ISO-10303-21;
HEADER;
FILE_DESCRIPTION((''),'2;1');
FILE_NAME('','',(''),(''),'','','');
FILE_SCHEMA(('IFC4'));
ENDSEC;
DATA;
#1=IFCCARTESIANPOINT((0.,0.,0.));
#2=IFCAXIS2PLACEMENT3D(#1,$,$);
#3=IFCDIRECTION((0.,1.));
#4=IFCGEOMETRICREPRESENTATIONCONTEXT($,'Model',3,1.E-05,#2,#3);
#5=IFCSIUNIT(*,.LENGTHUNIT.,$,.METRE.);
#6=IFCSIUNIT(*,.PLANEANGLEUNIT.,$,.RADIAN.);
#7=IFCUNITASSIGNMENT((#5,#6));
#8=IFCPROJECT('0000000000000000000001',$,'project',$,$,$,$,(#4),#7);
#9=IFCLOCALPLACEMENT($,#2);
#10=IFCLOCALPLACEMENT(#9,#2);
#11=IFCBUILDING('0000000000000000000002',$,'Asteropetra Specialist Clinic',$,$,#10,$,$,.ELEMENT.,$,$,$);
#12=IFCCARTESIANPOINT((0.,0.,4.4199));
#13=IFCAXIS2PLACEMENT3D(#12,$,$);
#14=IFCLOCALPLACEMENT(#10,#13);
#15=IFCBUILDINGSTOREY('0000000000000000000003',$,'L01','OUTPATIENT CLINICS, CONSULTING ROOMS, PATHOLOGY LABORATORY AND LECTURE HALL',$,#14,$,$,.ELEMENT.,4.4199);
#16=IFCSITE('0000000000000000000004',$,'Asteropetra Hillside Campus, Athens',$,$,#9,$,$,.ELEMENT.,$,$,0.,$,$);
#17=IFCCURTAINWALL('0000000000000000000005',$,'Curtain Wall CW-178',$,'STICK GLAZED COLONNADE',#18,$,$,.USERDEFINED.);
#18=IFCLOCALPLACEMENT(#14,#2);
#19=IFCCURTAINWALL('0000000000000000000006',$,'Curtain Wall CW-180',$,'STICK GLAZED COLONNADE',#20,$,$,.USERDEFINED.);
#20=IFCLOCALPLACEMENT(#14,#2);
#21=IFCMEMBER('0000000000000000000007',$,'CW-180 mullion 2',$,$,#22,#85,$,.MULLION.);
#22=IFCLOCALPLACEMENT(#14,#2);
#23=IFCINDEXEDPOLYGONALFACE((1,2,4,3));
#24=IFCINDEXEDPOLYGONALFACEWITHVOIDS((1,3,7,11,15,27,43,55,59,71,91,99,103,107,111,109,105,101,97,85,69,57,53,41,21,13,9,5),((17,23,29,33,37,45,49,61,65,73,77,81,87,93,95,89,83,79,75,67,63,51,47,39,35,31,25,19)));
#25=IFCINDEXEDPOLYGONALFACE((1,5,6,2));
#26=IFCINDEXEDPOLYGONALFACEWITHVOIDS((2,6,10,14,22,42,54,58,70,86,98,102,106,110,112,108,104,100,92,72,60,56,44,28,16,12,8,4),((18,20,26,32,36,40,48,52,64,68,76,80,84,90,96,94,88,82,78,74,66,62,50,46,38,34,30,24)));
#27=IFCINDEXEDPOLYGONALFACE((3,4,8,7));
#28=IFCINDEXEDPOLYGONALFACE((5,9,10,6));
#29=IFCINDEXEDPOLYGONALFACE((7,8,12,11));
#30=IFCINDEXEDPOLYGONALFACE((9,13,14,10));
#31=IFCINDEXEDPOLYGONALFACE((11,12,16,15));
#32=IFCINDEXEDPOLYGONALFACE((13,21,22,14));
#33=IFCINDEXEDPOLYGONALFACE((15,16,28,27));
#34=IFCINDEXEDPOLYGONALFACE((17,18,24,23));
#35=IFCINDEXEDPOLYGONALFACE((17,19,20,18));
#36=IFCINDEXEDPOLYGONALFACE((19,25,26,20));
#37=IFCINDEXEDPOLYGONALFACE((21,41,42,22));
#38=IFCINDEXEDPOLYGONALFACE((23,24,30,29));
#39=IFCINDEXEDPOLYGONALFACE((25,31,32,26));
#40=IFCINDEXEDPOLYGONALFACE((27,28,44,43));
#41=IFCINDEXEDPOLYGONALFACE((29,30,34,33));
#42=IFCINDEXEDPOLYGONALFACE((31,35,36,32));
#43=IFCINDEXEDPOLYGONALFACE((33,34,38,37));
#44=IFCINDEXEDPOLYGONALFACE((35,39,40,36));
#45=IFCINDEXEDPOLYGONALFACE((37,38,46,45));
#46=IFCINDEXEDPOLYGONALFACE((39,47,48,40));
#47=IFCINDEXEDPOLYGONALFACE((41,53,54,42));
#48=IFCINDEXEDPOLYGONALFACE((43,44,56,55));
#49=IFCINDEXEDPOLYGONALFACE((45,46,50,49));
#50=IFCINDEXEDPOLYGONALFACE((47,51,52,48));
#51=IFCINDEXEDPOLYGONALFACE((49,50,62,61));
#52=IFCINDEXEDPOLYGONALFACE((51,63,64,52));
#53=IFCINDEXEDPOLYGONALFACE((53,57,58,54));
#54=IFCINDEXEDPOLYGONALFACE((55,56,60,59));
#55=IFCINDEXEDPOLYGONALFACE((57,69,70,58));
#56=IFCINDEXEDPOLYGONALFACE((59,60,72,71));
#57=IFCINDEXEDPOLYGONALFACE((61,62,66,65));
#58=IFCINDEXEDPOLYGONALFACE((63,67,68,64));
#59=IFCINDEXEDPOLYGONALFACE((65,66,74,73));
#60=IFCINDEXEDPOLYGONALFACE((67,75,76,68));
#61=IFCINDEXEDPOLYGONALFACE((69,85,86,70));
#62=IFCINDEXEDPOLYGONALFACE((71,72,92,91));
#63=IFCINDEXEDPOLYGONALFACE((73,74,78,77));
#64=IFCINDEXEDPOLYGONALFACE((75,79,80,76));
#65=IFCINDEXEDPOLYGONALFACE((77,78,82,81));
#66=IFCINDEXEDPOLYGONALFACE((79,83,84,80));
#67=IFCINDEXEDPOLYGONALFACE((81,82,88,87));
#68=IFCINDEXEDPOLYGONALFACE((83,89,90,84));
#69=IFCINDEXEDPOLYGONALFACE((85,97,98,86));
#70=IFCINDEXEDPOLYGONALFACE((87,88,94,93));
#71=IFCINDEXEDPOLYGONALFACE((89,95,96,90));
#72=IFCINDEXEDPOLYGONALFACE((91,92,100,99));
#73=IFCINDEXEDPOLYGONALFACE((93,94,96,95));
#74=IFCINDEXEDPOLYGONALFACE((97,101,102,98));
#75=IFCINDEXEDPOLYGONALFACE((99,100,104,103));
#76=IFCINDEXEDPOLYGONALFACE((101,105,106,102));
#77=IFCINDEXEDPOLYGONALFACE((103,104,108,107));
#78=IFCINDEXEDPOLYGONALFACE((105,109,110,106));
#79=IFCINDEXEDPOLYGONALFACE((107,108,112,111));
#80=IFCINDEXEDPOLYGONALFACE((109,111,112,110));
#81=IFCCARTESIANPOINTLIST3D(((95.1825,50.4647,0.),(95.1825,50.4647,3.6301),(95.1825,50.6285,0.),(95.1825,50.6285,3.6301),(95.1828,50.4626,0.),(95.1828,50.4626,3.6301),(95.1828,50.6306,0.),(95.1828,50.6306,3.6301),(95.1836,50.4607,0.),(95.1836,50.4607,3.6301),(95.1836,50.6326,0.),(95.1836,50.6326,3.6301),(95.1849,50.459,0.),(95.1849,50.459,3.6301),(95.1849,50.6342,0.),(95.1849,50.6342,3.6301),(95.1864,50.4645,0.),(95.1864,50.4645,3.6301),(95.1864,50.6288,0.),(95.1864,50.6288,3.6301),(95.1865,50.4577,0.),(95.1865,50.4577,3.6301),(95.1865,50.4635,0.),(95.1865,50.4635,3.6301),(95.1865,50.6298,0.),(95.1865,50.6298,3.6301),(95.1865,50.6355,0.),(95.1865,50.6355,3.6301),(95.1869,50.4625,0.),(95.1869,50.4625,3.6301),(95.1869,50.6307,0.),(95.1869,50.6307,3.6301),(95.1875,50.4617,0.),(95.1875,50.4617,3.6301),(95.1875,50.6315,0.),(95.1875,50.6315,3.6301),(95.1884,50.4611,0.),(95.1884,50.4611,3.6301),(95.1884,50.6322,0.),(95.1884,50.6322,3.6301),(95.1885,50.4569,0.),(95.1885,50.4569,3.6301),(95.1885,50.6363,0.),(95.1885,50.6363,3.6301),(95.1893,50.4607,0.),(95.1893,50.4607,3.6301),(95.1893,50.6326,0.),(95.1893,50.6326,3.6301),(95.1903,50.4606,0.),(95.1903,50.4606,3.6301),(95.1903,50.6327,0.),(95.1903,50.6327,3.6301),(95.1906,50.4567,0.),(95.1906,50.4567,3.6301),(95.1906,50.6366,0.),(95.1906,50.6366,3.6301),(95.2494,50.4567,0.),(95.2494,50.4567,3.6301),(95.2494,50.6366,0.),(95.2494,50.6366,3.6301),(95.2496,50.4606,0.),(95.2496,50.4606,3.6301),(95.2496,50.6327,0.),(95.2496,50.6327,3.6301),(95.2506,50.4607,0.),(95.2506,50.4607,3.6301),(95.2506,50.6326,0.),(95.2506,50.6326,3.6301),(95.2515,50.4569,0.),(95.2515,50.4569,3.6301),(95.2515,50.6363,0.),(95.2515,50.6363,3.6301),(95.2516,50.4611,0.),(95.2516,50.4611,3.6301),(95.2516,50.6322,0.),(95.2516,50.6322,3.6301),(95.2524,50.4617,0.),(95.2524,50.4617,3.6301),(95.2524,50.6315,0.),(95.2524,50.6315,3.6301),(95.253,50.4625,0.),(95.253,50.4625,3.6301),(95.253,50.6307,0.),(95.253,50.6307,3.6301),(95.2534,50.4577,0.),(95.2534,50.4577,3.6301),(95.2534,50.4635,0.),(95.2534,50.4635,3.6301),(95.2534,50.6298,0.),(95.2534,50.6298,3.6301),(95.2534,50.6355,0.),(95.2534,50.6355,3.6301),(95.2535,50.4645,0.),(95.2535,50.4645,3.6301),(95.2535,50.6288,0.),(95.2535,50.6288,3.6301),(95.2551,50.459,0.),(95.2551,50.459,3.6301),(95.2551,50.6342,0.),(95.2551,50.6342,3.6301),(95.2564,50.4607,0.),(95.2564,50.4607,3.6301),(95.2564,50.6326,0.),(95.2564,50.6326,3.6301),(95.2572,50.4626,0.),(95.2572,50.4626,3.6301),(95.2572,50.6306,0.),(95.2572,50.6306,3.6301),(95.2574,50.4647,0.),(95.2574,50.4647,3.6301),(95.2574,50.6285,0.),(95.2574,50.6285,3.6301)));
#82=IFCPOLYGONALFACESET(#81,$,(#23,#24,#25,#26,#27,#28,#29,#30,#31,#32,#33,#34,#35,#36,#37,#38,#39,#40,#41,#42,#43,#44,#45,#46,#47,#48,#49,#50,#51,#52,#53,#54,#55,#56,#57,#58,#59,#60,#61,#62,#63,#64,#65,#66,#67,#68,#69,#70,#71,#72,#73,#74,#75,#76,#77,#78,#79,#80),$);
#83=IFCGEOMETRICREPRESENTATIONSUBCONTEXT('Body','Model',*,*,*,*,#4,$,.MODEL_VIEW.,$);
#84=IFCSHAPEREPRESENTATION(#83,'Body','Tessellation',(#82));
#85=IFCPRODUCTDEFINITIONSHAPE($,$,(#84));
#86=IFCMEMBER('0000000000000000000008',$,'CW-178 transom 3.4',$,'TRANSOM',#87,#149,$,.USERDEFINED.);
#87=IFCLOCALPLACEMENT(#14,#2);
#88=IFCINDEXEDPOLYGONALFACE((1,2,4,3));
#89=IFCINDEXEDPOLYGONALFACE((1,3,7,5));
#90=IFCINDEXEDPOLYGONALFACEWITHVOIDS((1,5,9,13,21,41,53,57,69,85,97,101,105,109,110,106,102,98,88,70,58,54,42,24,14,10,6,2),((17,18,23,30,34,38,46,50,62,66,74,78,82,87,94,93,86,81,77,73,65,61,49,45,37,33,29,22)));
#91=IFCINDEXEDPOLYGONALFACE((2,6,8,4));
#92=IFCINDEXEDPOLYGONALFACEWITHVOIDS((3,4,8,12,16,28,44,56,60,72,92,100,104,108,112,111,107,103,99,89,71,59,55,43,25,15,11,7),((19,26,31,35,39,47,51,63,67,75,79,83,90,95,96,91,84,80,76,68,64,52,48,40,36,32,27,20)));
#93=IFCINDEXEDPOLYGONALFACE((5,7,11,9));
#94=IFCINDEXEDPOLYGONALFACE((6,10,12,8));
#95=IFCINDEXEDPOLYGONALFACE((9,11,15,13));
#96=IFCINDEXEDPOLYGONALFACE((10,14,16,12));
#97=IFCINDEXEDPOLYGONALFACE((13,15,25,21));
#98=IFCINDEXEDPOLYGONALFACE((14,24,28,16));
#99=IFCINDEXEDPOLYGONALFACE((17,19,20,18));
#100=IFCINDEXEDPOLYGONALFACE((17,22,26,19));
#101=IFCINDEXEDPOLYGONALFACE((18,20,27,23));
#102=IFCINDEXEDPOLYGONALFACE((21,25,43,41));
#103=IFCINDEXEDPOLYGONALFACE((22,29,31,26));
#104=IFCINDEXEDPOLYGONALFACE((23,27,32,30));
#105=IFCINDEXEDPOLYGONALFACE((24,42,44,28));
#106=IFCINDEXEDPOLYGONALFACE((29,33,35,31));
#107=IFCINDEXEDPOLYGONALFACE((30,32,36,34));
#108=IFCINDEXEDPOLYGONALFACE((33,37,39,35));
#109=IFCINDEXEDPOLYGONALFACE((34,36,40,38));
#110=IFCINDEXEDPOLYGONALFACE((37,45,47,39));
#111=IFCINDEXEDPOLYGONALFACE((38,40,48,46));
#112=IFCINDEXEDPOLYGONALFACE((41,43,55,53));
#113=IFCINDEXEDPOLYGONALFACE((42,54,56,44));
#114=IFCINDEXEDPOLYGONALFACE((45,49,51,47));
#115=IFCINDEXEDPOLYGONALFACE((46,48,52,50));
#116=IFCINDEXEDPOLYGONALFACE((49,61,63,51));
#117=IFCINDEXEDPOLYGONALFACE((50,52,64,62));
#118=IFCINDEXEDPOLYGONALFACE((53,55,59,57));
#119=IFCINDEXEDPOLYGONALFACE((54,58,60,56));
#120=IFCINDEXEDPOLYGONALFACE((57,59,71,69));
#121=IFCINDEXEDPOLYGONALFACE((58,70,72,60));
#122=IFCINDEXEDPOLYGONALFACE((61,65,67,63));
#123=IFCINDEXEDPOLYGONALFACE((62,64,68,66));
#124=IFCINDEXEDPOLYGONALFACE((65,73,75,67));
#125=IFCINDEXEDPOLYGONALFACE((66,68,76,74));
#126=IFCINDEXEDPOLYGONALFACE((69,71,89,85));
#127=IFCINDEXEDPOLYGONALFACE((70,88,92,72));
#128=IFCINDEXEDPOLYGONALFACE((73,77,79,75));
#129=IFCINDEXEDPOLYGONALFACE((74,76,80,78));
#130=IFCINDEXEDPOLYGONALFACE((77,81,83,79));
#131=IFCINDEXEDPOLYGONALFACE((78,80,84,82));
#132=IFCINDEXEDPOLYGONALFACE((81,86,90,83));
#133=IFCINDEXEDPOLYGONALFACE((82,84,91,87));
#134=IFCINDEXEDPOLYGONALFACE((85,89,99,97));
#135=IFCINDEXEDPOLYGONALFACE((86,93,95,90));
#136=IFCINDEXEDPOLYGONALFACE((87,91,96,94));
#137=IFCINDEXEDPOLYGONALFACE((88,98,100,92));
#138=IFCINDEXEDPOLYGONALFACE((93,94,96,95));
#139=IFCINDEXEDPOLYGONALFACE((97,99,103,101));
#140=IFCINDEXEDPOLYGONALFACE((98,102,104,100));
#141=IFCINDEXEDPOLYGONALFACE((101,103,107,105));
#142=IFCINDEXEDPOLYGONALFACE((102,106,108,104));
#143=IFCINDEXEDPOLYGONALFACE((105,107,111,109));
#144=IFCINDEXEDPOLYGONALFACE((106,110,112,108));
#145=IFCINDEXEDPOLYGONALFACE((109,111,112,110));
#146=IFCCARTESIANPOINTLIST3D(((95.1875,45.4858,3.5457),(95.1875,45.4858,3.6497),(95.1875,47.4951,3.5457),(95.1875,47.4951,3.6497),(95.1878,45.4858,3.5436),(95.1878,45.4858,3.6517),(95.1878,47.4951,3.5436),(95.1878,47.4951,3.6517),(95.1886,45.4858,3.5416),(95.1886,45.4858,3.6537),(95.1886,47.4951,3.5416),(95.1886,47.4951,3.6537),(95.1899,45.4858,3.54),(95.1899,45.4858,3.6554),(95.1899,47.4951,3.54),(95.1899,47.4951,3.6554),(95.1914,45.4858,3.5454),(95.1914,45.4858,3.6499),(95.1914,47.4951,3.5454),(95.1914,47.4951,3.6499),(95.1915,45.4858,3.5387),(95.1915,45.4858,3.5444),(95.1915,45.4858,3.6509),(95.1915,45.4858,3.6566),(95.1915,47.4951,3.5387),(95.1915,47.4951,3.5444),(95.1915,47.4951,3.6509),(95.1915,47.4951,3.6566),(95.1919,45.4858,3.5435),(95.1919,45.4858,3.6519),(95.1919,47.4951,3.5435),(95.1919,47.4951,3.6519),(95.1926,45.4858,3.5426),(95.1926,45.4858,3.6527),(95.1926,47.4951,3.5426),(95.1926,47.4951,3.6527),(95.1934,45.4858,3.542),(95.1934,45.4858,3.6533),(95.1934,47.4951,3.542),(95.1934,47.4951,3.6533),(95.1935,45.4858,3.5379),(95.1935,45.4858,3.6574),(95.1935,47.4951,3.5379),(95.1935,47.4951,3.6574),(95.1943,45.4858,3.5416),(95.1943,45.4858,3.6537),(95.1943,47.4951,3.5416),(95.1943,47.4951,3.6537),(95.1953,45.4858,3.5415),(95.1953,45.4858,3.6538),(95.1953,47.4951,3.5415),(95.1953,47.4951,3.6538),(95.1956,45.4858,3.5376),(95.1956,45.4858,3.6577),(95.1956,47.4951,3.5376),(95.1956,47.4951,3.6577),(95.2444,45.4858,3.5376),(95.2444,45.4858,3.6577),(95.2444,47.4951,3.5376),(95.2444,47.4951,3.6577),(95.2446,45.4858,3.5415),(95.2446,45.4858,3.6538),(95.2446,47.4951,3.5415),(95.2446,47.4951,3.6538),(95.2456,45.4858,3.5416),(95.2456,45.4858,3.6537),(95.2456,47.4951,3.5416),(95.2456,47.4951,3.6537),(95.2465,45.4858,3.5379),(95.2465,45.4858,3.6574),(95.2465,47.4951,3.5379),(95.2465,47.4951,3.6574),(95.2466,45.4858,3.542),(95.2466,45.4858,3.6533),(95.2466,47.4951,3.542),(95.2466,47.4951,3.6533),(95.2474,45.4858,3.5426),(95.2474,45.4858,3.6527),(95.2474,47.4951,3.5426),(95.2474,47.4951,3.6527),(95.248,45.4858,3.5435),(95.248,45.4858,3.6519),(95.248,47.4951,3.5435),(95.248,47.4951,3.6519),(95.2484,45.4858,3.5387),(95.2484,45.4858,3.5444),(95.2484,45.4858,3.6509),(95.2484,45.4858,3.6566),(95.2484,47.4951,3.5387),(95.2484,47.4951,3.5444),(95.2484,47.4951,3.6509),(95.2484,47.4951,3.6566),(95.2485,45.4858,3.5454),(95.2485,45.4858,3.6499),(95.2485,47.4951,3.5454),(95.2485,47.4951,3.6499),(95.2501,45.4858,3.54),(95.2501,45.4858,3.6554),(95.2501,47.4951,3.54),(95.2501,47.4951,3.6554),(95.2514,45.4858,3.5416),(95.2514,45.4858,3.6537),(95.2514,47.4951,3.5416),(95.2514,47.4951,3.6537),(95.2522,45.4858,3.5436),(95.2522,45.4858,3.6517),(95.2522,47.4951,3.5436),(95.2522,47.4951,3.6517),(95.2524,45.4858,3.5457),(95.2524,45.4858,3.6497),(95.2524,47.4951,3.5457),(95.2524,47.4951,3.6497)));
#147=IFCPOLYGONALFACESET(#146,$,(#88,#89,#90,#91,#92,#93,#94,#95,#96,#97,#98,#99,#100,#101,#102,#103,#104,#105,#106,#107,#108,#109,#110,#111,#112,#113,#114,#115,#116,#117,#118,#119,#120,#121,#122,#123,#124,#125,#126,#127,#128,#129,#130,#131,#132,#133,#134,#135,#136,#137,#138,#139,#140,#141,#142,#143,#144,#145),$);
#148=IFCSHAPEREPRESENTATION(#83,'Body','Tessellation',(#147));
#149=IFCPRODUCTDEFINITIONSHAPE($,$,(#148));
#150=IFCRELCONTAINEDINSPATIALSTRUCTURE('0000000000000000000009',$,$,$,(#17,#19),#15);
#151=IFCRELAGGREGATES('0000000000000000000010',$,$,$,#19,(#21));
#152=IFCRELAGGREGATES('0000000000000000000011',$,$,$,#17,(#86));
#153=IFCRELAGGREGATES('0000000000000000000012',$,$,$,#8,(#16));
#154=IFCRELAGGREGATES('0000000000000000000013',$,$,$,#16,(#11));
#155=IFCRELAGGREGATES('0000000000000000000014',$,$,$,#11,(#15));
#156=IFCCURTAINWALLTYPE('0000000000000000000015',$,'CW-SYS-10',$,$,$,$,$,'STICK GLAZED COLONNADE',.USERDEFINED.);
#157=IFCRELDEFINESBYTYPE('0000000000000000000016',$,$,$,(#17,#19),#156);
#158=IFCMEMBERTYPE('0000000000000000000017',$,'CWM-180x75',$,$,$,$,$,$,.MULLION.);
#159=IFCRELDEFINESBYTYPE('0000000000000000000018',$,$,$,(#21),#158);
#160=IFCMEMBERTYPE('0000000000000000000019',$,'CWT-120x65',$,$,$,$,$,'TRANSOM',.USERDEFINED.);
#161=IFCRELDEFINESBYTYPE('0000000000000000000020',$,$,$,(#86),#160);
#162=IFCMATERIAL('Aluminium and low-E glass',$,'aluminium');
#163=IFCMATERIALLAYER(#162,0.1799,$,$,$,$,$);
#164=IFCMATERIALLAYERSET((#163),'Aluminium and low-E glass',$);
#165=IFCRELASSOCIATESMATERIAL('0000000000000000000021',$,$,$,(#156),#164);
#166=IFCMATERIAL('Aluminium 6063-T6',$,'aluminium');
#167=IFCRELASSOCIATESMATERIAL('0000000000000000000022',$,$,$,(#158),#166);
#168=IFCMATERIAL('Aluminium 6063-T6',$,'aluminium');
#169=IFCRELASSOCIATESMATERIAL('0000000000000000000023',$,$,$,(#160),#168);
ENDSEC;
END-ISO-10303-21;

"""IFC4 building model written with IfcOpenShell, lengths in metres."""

from ifc_helpers import new_model, si_unit, direction, frame, origin, origin_2d, place, context, subcontext, project, spatial, hollow_rectangle, extrude, material, layer, layer_set, material_profile, profile_set, type_object, element, aggregate, save


model = new_model("IFC4")

# Units and contexts
model_context = context("Model", 3, precision=1e-05, world=origin(), true_north=direction((0.0, 1.0)))
body_context = subcontext(model_context, "Body", "Model", "MODEL_VIEW")
ifc_project = project(units=[si_unit("LENGTHUNIT", "METRE"), si_unit("PLANEANGLEUNIT", "RADIAN")], contexts=[model_context])

# Site, building, storey
site_placement = place(None, origin())
site = spatial("IfcSite", under=ifc_project, at=site_placement, Name="Asteropetra Hillside Campus, Athens", CompositionType="ELEMENT", RefElevation=0.0)
building_placement = place(site_placement, origin())
building = spatial("IfcBuilding", under=site, at=building_placement, Name="Asteropetra Specialist Clinic", CompositionType="ELEMENT")
storey_placement = place(building_placement, frame((0.0, 0.0, 4.4199)))
storey = spatial("IfcBuildingStorey", under=building, at=storey_placement, Name="L01", Description="OUTPATIENT CLINICS, CONSULTING ROOMS, PATHOLOGY LABORATORY AND LECTURE HALL", CompositionType="ELEMENT", Elevation=4.4199)

# Curtain wall
ifc_material_1 = material(Name="Aluminium and low-E glass", Category="aluminium")
ifc_layer_1 = layer(ifc_material_1, 0.1799)
ifc_layer_set_1 = layer_set([ifc_layer_1], Name="Aluminium and low-E glass")
curtain_wall_type = type_object("IfcCurtainWallType", Name="CW-SYS-10", ElementType="STICK GLAZED COLONNADE", PredefinedType="USERDEFINED", material=ifc_layer_set_1)
curtain_wall_1_placement = place(storey_placement, origin())
curtain_wall_1 = element("IfcCurtainWall", 1, at=curtain_wall_1_placement, inside=storey, type_object=curtain_wall_type, Name="Curtain Wall CW-178", ObjectType="STICK GLAZED COLONNADE", PredefinedType="USERDEFINED")

# Curtain wall, member
curtain_wall_2_placement = place(storey_placement, origin())
curtain_wall_2 = element("IfcCurtainWall", 2, at=curtain_wall_2_placement, inside=storey, type_object=curtain_wall_type, Name="Curtain Wall CW-180", ObjectType="STICK GLAZED COLONNADE", PredefinedType="USERDEFINED")
ifc_material_2 = material(Name="Aluminium 6063-T6", Category="aluminium")
ifc_material_profile_1 = material_profile(ifc_material_2, hollow_rectangle(XDim=0.075, YDim=0.1799, WallThickness=0.0039, InnerFilletRadius=0.0039, OuterFilletRadius=0.0081, at=origin_2d()), Name="MUL 180x75x4.0")
ifc_profile_set_1 = profile_set([ifc_material_profile_1], Name="Aluminium 6063-T6")
member_type_1 = type_object("IfcMemberType", Name="CWM-180x75", PredefinedType="MULLION", material=ifc_profile_set_1)
member_1_placement = place(storey_placement, frame((95.22, 50.5466, 0.0), z_axis=(0.0, 0.0, 1.0), x_axis=(-1.0, 0.0, 0.0)))
member_1 = element("IfcMember", 3, at=member_1_placement, type_object=member_type_1, Name="CW-180 mullion 2", PredefinedType="MULLION", context=body_context, shape_type="SweptSolid", body=[
    extrude(hollow_rectangle(XDim=0.075, YDim=0.1799, WallThickness=0.0039, InnerFilletRadius=0.0039, OuterFilletRadius=0.0081, at=origin_2d()), origin(), (0.0, 0.0, 1.0), 3.6301),
])

# Member
ifc_material_3 = material(Name="Aluminium 6063-T6", Category="aluminium")
ifc_material_profile_2 = material_profile(ifc_material_3, hollow_rectangle(XDim=0.0649, YDim=0.1201, WallThickness=0.0039, InnerFilletRadius=0.0039, OuterFilletRadius=0.0081, at=origin_2d()), Name="TRN 120x65x4.0")
ifc_profile_set_2 = profile_set([ifc_material_profile_2], Name="Aluminium 6063-T6")
member_type_2 = type_object("IfcMemberType", Name="CWT-120x65", ElementType="TRANSOM", PredefinedType="USERDEFINED", material=ifc_profile_set_2)
member_2_placement = place(storey_placement, frame((95.22, 45.4858, 3.5977), z_axis=(0.0, 1.0, 0.0), x_axis=(-1.0, 0.0, 0.0)))
member_2 = element("IfcMember", 4, at=member_2_placement, type_object=member_type_2, Name="CW-178 transom 3.4", ObjectType="TRANSOM", PredefinedType="USERDEFINED", context=body_context, shape_type="SweptSolid", body=[
    extrude(hollow_rectangle(XDim=0.0649, YDim=0.1201, WallThickness=0.0039, InnerFilletRadius=0.0039, OuterFilletRadius=0.0081, at=origin_2d()), origin(), (0.0, 0.0, 1.0), 2.0093),
])

aggregate(curtain_wall_2, [member_1])
aggregate(curtain_wall_1, [member_2])

save(model, "model.ifc")
